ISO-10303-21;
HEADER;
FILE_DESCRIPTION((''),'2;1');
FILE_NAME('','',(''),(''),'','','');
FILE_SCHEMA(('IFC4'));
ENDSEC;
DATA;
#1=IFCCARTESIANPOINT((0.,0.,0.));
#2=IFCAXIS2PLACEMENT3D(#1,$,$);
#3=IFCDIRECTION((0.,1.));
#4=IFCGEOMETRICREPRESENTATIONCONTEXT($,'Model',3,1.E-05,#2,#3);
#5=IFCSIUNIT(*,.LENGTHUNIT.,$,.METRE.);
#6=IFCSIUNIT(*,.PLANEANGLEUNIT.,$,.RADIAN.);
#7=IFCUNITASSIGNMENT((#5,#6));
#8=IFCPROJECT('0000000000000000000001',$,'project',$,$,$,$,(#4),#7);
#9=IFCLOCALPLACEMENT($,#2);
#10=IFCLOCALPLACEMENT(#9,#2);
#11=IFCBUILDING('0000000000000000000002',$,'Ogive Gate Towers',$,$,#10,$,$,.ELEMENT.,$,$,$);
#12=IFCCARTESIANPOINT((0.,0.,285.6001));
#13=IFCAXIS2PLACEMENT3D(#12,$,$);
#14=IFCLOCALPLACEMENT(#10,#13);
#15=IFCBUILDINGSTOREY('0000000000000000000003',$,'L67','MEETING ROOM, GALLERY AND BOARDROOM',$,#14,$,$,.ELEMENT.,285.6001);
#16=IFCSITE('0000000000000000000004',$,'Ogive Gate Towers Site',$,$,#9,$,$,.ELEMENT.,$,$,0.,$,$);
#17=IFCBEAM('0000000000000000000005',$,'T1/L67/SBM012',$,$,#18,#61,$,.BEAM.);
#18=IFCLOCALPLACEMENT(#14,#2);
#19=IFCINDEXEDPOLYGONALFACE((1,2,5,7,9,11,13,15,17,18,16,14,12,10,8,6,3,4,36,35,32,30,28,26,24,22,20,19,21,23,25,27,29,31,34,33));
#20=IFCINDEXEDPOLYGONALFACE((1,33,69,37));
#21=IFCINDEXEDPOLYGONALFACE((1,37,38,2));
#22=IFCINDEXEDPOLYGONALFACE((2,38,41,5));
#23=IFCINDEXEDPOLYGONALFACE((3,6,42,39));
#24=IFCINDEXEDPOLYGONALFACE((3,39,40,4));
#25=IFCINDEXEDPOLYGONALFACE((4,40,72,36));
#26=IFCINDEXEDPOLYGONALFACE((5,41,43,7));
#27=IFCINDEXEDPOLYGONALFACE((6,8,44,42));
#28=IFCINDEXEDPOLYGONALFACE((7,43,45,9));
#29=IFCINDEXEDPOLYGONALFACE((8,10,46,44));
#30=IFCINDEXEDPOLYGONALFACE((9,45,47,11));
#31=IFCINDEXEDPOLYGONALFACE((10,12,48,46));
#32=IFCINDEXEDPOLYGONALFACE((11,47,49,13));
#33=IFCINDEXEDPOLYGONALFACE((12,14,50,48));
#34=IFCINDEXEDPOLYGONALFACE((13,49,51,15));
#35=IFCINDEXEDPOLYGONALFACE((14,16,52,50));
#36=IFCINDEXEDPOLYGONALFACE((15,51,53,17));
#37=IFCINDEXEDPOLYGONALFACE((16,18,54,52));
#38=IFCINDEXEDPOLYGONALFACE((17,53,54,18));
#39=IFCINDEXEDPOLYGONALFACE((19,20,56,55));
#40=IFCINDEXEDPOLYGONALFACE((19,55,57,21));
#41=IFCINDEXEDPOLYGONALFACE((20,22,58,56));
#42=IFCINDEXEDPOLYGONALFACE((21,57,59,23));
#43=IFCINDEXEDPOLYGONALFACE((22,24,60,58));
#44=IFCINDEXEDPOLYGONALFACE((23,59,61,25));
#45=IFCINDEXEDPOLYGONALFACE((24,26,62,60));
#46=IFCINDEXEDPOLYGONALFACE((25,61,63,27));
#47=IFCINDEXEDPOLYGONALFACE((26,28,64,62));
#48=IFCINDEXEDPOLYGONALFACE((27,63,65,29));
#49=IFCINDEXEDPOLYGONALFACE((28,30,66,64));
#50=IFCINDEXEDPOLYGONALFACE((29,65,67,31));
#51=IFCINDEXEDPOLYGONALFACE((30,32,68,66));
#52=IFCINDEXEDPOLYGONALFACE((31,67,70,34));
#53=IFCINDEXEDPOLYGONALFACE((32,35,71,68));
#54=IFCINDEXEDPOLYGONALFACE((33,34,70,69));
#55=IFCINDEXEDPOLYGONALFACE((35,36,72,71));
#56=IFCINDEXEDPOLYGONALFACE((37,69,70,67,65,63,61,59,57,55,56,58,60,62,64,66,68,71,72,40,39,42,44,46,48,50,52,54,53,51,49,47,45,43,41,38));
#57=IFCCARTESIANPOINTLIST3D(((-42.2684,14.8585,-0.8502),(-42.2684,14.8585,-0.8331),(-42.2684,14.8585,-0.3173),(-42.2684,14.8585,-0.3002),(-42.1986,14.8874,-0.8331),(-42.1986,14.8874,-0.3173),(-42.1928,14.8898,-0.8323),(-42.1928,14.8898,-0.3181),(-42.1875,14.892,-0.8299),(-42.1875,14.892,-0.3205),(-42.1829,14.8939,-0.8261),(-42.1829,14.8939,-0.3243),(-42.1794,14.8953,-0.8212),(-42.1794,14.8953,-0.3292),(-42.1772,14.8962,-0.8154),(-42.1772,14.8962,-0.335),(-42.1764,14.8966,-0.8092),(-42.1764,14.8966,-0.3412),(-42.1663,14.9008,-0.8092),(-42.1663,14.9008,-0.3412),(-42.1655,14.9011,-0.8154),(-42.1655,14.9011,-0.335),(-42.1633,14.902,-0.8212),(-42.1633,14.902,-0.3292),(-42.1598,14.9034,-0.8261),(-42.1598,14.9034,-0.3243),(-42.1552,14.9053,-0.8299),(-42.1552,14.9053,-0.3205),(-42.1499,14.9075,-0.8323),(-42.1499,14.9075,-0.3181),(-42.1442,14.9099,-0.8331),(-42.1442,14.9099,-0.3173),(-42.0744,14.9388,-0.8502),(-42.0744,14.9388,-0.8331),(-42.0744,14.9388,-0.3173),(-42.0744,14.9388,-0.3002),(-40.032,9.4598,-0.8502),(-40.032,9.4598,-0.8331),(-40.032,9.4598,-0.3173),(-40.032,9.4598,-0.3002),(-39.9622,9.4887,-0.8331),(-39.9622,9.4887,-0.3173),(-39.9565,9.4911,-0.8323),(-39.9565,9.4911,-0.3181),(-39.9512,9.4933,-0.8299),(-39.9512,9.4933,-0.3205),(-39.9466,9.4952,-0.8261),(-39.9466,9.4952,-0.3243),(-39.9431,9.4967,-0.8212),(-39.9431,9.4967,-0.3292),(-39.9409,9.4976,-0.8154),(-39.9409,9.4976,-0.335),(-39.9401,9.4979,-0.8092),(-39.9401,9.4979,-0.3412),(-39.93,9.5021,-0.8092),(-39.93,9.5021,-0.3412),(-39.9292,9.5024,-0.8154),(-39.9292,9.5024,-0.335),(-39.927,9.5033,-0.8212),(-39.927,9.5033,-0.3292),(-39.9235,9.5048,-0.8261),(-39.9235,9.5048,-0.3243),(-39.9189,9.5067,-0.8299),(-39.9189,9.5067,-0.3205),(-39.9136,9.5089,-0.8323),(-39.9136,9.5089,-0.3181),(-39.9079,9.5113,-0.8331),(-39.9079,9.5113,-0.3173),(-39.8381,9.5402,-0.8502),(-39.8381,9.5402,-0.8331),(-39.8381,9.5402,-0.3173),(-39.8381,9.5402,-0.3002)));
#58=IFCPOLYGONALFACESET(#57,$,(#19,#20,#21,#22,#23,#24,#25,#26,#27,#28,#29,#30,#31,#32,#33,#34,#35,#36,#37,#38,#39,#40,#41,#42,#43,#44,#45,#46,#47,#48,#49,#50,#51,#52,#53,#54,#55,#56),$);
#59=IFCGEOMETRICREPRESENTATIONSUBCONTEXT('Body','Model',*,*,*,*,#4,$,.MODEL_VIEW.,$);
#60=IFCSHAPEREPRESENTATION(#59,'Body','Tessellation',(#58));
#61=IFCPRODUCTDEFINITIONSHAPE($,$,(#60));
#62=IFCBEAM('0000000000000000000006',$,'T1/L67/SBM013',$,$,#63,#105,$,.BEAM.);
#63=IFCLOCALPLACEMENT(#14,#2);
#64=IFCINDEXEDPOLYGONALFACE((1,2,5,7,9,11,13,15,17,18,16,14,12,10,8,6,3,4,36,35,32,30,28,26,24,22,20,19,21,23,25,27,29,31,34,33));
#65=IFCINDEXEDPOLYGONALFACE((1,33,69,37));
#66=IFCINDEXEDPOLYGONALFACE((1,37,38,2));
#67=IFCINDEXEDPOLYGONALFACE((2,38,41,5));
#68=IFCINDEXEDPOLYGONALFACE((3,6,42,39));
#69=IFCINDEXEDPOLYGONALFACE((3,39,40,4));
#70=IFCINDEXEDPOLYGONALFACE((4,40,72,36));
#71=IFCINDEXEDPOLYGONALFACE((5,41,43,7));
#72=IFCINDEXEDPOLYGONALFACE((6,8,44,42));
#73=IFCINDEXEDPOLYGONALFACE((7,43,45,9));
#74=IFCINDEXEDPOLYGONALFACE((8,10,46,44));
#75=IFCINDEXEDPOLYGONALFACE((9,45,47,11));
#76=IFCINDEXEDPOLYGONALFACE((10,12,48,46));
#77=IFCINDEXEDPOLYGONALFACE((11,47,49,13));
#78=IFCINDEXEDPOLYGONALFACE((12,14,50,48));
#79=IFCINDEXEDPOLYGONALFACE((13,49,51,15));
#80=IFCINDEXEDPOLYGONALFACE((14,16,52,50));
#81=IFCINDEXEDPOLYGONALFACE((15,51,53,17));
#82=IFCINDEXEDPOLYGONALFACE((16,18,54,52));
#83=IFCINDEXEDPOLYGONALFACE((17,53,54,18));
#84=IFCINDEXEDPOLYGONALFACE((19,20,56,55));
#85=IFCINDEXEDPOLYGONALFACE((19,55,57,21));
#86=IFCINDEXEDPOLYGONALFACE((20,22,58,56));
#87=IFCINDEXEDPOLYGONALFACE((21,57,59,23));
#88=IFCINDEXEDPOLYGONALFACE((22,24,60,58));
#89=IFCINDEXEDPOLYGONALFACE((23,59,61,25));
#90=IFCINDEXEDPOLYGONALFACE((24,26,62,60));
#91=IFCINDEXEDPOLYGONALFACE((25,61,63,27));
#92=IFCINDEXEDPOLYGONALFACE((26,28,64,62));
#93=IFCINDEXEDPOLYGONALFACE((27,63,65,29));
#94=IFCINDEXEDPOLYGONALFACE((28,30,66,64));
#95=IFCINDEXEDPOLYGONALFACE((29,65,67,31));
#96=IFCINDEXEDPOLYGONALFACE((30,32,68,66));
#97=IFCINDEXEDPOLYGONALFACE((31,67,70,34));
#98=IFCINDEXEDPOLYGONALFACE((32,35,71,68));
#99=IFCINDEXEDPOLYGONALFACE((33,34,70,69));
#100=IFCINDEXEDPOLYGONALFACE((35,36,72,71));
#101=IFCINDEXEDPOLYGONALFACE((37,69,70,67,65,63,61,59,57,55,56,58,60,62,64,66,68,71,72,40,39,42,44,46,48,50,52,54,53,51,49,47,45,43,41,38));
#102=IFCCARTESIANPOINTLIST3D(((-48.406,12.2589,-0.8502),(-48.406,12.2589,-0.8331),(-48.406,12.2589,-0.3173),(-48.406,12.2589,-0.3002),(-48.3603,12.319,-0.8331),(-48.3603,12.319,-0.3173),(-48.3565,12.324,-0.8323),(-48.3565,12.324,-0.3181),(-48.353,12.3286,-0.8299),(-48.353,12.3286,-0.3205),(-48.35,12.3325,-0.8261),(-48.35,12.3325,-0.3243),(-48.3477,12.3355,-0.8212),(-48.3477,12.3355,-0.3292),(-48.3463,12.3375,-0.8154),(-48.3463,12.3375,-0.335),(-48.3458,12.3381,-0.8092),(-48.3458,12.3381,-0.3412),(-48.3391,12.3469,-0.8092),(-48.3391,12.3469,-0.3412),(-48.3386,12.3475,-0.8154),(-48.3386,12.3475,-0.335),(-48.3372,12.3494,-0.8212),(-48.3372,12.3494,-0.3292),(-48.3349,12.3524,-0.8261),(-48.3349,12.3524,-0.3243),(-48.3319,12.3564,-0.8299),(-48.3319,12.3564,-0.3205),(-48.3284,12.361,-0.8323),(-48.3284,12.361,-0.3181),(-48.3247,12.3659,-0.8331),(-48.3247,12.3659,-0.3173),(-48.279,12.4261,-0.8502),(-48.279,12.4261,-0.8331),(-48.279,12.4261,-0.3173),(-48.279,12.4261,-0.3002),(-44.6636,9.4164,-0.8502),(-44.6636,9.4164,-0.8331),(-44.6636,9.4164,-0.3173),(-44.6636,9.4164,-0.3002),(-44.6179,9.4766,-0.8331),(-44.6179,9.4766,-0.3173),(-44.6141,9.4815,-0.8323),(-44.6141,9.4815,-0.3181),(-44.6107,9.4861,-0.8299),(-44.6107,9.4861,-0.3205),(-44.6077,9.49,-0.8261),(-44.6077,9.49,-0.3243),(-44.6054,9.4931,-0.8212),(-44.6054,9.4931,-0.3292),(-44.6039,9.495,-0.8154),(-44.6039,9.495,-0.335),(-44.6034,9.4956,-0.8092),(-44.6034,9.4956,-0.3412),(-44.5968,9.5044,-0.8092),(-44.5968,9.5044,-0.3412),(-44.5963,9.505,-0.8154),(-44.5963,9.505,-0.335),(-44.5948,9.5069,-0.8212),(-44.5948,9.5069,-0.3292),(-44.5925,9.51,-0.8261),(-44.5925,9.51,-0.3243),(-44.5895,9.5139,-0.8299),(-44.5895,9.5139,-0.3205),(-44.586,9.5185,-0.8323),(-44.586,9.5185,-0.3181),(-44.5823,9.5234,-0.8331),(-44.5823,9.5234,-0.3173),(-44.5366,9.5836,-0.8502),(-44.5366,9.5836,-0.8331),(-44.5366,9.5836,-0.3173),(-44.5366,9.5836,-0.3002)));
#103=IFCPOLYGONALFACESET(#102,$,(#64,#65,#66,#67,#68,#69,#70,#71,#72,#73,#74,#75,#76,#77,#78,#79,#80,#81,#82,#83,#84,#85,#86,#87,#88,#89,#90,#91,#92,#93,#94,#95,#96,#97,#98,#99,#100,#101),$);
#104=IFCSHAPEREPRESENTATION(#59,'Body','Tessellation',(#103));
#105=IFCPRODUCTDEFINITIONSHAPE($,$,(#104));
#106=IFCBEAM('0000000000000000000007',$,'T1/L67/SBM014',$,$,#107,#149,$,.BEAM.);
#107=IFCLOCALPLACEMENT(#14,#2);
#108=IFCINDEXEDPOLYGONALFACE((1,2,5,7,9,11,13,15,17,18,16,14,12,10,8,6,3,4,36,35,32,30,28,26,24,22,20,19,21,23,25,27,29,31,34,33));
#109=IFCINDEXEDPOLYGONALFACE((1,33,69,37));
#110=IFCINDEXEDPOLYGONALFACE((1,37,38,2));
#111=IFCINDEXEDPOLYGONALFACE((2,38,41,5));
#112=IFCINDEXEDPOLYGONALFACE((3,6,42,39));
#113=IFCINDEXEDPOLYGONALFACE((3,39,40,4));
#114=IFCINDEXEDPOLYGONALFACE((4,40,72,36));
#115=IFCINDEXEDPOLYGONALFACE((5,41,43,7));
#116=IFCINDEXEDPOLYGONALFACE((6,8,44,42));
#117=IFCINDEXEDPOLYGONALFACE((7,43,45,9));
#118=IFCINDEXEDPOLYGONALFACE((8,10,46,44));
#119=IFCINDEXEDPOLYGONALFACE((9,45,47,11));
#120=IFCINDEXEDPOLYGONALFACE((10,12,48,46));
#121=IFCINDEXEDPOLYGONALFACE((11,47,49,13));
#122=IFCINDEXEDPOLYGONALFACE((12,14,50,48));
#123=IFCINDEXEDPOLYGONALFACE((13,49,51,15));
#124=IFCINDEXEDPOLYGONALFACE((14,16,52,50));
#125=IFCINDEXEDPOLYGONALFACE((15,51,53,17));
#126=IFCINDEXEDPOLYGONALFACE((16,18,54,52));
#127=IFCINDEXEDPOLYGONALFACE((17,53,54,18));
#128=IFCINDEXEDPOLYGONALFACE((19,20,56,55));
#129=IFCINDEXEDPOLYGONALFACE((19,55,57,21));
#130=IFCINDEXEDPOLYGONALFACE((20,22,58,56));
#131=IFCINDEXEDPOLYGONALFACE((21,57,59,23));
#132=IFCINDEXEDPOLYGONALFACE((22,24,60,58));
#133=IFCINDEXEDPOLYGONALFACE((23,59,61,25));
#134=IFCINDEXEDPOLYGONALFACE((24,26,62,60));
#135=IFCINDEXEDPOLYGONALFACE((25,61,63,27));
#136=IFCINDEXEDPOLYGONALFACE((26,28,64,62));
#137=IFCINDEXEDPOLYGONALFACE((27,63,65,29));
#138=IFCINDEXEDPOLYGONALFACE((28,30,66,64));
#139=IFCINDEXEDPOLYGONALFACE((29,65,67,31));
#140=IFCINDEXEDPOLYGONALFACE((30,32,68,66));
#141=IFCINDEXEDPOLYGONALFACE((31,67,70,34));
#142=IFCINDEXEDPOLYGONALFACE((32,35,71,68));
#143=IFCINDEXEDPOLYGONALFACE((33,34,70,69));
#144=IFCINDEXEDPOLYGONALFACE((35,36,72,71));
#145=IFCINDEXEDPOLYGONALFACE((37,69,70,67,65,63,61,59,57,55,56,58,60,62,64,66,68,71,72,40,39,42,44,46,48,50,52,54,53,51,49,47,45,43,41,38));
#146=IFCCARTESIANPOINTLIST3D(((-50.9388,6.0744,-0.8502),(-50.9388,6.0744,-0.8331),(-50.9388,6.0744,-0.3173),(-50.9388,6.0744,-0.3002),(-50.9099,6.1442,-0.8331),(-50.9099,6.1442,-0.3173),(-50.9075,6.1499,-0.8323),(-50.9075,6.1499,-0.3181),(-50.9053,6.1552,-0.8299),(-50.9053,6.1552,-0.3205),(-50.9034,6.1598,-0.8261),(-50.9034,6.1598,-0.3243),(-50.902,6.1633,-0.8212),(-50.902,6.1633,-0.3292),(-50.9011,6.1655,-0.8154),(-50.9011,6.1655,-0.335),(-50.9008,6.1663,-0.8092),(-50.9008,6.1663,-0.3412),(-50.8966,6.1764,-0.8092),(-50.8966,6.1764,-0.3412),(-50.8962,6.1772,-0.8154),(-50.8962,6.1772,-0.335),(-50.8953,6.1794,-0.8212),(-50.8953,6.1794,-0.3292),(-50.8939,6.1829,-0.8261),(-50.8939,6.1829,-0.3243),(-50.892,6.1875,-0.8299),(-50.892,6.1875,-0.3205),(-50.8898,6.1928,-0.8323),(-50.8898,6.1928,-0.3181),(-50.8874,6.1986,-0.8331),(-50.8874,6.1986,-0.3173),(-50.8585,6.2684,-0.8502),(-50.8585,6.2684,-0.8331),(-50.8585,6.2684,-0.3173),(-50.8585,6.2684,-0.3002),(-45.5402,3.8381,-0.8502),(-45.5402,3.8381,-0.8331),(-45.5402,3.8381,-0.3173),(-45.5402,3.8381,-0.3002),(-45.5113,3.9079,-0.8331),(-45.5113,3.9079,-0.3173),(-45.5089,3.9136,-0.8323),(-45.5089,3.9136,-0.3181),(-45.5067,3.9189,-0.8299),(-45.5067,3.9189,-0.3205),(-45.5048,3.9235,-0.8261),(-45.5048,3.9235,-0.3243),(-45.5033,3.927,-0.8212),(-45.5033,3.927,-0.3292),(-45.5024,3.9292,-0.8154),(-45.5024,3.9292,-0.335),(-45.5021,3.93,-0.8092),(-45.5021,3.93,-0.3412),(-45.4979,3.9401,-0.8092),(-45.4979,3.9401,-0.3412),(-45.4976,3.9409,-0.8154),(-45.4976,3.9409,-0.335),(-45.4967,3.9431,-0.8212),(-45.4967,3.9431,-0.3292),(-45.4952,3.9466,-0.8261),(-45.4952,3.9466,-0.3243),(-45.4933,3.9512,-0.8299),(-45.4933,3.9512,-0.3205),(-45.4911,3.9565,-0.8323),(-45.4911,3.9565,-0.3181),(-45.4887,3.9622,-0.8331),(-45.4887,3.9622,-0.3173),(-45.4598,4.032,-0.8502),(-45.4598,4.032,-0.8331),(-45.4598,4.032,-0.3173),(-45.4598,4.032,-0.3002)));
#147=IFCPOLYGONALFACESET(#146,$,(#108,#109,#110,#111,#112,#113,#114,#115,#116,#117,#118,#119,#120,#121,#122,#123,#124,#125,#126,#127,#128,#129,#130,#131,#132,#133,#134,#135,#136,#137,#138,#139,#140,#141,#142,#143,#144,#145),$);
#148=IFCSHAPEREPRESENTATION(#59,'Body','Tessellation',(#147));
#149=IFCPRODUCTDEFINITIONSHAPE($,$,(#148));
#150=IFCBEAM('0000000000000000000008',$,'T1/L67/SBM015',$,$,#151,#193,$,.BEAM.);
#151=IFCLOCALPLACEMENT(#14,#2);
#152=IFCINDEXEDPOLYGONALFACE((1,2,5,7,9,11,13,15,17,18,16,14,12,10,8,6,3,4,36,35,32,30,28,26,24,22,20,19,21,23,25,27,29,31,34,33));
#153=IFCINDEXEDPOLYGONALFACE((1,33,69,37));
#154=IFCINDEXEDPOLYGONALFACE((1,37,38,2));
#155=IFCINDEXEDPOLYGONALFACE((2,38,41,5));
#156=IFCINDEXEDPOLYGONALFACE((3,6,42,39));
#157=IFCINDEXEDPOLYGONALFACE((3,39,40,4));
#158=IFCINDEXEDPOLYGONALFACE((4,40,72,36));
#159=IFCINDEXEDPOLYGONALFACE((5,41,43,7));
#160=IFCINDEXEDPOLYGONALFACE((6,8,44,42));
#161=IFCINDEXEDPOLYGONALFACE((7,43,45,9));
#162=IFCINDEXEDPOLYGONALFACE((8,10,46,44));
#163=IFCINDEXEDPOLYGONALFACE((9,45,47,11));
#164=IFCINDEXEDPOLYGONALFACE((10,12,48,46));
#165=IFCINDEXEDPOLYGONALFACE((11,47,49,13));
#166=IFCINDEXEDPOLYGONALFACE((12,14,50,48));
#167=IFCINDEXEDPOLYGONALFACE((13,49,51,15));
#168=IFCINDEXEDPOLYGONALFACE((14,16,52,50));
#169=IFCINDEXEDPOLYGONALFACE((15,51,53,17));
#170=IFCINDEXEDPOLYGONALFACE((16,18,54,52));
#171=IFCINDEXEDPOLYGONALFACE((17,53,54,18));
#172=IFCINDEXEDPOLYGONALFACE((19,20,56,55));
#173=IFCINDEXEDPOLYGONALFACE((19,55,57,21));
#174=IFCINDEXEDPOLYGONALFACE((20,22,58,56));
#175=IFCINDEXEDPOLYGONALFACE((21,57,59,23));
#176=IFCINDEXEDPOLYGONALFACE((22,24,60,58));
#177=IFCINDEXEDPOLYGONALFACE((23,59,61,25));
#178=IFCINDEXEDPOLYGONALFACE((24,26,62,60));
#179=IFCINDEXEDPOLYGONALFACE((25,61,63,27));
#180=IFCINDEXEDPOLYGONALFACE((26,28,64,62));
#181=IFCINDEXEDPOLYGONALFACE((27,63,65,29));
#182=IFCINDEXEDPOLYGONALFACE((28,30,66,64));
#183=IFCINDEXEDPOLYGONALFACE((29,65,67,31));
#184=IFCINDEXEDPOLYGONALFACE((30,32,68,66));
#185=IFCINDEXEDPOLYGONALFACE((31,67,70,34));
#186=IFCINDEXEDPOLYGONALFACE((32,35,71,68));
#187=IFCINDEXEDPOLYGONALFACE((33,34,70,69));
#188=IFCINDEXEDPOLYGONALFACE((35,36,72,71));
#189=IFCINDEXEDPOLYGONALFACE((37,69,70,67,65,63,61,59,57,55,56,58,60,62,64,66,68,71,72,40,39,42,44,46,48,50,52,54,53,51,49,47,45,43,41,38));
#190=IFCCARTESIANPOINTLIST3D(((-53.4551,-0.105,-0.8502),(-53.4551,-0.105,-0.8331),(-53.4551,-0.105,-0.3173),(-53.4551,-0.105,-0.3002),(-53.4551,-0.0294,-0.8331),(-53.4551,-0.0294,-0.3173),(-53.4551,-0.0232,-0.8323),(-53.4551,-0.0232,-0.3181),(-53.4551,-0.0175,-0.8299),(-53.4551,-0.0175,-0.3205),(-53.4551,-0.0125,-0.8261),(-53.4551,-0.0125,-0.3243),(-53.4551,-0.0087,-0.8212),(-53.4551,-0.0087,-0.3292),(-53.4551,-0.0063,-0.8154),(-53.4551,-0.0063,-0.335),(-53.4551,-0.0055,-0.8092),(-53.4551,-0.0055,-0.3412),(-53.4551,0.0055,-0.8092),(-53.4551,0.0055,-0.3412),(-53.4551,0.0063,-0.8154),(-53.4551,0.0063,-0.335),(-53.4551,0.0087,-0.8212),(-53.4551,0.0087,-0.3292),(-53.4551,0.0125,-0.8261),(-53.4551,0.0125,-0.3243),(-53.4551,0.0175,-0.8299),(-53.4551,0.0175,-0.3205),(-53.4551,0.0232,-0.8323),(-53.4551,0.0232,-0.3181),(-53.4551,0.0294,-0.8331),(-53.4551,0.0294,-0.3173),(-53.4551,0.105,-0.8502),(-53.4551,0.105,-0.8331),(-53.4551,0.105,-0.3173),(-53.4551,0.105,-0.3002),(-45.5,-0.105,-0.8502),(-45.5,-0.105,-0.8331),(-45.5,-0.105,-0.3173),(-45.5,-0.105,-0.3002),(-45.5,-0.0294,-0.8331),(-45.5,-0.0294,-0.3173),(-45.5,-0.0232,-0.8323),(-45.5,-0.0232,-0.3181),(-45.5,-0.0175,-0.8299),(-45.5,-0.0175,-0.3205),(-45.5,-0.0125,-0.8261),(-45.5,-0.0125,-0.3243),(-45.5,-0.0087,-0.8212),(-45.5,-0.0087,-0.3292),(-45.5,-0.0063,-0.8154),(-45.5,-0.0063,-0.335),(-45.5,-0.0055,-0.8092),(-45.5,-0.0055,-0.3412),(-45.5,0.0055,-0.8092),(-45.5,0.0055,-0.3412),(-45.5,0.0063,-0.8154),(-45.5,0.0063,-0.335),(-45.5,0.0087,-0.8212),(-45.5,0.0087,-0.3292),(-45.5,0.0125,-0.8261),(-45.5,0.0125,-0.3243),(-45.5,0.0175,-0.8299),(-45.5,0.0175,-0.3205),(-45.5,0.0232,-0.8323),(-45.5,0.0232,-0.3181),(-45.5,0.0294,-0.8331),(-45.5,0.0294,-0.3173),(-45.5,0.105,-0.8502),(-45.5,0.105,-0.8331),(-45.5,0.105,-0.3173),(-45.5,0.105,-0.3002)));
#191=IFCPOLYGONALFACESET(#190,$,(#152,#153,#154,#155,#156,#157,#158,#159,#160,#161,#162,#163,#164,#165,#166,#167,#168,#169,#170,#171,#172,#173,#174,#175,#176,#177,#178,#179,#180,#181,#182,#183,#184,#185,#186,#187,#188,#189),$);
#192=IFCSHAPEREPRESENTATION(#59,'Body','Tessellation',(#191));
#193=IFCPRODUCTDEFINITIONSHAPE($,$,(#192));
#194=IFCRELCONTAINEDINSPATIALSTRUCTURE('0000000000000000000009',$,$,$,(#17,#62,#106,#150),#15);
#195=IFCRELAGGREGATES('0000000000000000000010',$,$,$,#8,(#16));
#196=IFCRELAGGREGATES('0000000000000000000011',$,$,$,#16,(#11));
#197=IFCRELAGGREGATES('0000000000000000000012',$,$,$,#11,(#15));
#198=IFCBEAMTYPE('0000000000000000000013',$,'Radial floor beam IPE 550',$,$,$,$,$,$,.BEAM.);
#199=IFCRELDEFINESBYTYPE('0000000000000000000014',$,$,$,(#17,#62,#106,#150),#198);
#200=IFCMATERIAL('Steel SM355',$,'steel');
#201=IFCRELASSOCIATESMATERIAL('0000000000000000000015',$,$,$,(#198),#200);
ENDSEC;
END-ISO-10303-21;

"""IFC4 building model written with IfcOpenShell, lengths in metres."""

from ifc_helpers import new_model, si_unit, direction, frame, origin, origin_2d, place, context, subcontext, project, spatial, i_section, extrude, material, material_profile, profile_set, type_object, element, save


model = new_model("IFC4")

# Units and contexts
model_context = context("Model", 3, precision=1e-05, world=origin(), true_north=direction((0.0, 1.0)))
body_context = subcontext(model_context, "Body", "Model", "MODEL_VIEW")
ifc_project = project(units=[si_unit("LENGTHUNIT", "METRE"), si_unit("PLANEANGLEUNIT", "RADIAN")], contexts=[model_context])

# Site, building, storey
site_placement = place(None, origin())
site = spatial("IfcSite", under=ifc_project, at=site_placement, Name="Ogive Gate Towers Site", CompositionType="ELEMENT", RefElevation=0.0)
building_placement = place(site_placement, origin())
building = spatial("IfcBuilding", under=site, at=building_placement, Name="Ogive Gate Towers", CompositionType="ELEMENT")
storey_placement = place(building_placement, frame((0.0, 0.0, 285.6001)))
storey = spatial("IfcBuildingStorey", under=building, at=storey_placement, Name="L67", Description="MEETING ROOM, GALLERY AND BOARDROOM", CompositionType="ELEMENT", Elevation=285.6001)

# Beams
ifc_material_1 = material(Name="Steel SM355", Category="steel")
ifc_material_profile_1 = material_profile(ifc_material_1, i_section(OverallWidth=0.21, OverallDepth=0.55, WebThickness=0.011, FlangeThickness=0.0171, FilletRadius=0.0239, at=origin_2d()), Name="IPE 550")
ifc_profile_set_1 = profile_set([ifc_material_profile_1], Name="Steel SM355")
beam_type = type_object("IfcBeamType", Name="Radial floor beam IPE 550", PredefinedType="BEAM", material=ifc_profile_set_1)
beam_1_placement = place(storey_placement, frame((-39.9351, 9.5, -0.5752), z_axis=(-0.382701, 0.923872, 0.0), x_axis=(-0.923872, -0.382701, 0.0)))
element("IfcBeam", 1, at=beam_1_placement, inside=storey, type_object=beam_type, Name="T1/L67/SBM012", PredefinedType="BEAM", context=body_context, shape_type="SweptSolid", body=[
    extrude(i_section(OverallWidth=0.21, OverallDepth=0.55, WebThickness=0.011, FlangeThickness=0.0171, FilletRadius=0.0239, at=origin_2d()), origin(), (0.0, 0.0, 1.0), 5.8435),
])
beam_2_placement = place(storey_placement, frame((-44.6001, 9.5, -0.5752), z_axis=(-0.796338, 0.604851, 0.0), x_axis=(-0.604851, -0.796338, 0.0)))
element("IfcBeam", 2, at=beam_2_placement, inside=storey, type_object=beam_type, Name="T1/L67/SBM013", PredefinedType="BEAM", context=body_context, shape_type="SweptSolid", body=[
    extrude(i_section(OverallWidth=0.21, OverallDepth=0.55, WebThickness=0.011, FlangeThickness=0.0171, FilletRadius=0.0239, at=origin_2d()), origin(), (0.0, 0.0, 1.0), 4.6995),
])
beam_3_placement = place(storey_placement, frame((-45.5, 3.9351, -0.5752), z_axis=(-0.923872, 0.382701, 0.0), x_axis=(-0.382701, -0.923872, 0.0)))
element("IfcBeam", 3, at=beam_3_placement, inside=storey, type_object=beam_type, Name="T1/L67/SBM014", PredefinedType="BEAM", context=body_context, shape_type="SweptSolid", body=[
    extrude(i_section(OverallWidth=0.21, OverallDepth=0.55, WebThickness=0.011, FlangeThickness=0.0171, FilletRadius=0.0239, at=origin_2d()), origin(), (0.0, 0.0, 1.0), 5.8435),
])
beam_4_placement = place(storey_placement, frame((-45.5, 0.0, -0.5752), z_axis=(-1.0, 0.0, 0.0), x_axis=(0.0, -1.0, 0.0)))
element("IfcBeam", 4, at=beam_4_placement, inside=storey, type_object=beam_type, Name="T1/L67/SBM015", PredefinedType="BEAM", context=body_context, shape_type="SweptSolid", body=[
    extrude(i_section(OverallWidth=0.21, OverallDepth=0.55, WebThickness=0.011, FlangeThickness=0.0171, FilletRadius=0.0239, at=origin_2d()), origin(), (0.0, 0.0, 1.0), 7.9551),
])

save(model, "model.ifc")
